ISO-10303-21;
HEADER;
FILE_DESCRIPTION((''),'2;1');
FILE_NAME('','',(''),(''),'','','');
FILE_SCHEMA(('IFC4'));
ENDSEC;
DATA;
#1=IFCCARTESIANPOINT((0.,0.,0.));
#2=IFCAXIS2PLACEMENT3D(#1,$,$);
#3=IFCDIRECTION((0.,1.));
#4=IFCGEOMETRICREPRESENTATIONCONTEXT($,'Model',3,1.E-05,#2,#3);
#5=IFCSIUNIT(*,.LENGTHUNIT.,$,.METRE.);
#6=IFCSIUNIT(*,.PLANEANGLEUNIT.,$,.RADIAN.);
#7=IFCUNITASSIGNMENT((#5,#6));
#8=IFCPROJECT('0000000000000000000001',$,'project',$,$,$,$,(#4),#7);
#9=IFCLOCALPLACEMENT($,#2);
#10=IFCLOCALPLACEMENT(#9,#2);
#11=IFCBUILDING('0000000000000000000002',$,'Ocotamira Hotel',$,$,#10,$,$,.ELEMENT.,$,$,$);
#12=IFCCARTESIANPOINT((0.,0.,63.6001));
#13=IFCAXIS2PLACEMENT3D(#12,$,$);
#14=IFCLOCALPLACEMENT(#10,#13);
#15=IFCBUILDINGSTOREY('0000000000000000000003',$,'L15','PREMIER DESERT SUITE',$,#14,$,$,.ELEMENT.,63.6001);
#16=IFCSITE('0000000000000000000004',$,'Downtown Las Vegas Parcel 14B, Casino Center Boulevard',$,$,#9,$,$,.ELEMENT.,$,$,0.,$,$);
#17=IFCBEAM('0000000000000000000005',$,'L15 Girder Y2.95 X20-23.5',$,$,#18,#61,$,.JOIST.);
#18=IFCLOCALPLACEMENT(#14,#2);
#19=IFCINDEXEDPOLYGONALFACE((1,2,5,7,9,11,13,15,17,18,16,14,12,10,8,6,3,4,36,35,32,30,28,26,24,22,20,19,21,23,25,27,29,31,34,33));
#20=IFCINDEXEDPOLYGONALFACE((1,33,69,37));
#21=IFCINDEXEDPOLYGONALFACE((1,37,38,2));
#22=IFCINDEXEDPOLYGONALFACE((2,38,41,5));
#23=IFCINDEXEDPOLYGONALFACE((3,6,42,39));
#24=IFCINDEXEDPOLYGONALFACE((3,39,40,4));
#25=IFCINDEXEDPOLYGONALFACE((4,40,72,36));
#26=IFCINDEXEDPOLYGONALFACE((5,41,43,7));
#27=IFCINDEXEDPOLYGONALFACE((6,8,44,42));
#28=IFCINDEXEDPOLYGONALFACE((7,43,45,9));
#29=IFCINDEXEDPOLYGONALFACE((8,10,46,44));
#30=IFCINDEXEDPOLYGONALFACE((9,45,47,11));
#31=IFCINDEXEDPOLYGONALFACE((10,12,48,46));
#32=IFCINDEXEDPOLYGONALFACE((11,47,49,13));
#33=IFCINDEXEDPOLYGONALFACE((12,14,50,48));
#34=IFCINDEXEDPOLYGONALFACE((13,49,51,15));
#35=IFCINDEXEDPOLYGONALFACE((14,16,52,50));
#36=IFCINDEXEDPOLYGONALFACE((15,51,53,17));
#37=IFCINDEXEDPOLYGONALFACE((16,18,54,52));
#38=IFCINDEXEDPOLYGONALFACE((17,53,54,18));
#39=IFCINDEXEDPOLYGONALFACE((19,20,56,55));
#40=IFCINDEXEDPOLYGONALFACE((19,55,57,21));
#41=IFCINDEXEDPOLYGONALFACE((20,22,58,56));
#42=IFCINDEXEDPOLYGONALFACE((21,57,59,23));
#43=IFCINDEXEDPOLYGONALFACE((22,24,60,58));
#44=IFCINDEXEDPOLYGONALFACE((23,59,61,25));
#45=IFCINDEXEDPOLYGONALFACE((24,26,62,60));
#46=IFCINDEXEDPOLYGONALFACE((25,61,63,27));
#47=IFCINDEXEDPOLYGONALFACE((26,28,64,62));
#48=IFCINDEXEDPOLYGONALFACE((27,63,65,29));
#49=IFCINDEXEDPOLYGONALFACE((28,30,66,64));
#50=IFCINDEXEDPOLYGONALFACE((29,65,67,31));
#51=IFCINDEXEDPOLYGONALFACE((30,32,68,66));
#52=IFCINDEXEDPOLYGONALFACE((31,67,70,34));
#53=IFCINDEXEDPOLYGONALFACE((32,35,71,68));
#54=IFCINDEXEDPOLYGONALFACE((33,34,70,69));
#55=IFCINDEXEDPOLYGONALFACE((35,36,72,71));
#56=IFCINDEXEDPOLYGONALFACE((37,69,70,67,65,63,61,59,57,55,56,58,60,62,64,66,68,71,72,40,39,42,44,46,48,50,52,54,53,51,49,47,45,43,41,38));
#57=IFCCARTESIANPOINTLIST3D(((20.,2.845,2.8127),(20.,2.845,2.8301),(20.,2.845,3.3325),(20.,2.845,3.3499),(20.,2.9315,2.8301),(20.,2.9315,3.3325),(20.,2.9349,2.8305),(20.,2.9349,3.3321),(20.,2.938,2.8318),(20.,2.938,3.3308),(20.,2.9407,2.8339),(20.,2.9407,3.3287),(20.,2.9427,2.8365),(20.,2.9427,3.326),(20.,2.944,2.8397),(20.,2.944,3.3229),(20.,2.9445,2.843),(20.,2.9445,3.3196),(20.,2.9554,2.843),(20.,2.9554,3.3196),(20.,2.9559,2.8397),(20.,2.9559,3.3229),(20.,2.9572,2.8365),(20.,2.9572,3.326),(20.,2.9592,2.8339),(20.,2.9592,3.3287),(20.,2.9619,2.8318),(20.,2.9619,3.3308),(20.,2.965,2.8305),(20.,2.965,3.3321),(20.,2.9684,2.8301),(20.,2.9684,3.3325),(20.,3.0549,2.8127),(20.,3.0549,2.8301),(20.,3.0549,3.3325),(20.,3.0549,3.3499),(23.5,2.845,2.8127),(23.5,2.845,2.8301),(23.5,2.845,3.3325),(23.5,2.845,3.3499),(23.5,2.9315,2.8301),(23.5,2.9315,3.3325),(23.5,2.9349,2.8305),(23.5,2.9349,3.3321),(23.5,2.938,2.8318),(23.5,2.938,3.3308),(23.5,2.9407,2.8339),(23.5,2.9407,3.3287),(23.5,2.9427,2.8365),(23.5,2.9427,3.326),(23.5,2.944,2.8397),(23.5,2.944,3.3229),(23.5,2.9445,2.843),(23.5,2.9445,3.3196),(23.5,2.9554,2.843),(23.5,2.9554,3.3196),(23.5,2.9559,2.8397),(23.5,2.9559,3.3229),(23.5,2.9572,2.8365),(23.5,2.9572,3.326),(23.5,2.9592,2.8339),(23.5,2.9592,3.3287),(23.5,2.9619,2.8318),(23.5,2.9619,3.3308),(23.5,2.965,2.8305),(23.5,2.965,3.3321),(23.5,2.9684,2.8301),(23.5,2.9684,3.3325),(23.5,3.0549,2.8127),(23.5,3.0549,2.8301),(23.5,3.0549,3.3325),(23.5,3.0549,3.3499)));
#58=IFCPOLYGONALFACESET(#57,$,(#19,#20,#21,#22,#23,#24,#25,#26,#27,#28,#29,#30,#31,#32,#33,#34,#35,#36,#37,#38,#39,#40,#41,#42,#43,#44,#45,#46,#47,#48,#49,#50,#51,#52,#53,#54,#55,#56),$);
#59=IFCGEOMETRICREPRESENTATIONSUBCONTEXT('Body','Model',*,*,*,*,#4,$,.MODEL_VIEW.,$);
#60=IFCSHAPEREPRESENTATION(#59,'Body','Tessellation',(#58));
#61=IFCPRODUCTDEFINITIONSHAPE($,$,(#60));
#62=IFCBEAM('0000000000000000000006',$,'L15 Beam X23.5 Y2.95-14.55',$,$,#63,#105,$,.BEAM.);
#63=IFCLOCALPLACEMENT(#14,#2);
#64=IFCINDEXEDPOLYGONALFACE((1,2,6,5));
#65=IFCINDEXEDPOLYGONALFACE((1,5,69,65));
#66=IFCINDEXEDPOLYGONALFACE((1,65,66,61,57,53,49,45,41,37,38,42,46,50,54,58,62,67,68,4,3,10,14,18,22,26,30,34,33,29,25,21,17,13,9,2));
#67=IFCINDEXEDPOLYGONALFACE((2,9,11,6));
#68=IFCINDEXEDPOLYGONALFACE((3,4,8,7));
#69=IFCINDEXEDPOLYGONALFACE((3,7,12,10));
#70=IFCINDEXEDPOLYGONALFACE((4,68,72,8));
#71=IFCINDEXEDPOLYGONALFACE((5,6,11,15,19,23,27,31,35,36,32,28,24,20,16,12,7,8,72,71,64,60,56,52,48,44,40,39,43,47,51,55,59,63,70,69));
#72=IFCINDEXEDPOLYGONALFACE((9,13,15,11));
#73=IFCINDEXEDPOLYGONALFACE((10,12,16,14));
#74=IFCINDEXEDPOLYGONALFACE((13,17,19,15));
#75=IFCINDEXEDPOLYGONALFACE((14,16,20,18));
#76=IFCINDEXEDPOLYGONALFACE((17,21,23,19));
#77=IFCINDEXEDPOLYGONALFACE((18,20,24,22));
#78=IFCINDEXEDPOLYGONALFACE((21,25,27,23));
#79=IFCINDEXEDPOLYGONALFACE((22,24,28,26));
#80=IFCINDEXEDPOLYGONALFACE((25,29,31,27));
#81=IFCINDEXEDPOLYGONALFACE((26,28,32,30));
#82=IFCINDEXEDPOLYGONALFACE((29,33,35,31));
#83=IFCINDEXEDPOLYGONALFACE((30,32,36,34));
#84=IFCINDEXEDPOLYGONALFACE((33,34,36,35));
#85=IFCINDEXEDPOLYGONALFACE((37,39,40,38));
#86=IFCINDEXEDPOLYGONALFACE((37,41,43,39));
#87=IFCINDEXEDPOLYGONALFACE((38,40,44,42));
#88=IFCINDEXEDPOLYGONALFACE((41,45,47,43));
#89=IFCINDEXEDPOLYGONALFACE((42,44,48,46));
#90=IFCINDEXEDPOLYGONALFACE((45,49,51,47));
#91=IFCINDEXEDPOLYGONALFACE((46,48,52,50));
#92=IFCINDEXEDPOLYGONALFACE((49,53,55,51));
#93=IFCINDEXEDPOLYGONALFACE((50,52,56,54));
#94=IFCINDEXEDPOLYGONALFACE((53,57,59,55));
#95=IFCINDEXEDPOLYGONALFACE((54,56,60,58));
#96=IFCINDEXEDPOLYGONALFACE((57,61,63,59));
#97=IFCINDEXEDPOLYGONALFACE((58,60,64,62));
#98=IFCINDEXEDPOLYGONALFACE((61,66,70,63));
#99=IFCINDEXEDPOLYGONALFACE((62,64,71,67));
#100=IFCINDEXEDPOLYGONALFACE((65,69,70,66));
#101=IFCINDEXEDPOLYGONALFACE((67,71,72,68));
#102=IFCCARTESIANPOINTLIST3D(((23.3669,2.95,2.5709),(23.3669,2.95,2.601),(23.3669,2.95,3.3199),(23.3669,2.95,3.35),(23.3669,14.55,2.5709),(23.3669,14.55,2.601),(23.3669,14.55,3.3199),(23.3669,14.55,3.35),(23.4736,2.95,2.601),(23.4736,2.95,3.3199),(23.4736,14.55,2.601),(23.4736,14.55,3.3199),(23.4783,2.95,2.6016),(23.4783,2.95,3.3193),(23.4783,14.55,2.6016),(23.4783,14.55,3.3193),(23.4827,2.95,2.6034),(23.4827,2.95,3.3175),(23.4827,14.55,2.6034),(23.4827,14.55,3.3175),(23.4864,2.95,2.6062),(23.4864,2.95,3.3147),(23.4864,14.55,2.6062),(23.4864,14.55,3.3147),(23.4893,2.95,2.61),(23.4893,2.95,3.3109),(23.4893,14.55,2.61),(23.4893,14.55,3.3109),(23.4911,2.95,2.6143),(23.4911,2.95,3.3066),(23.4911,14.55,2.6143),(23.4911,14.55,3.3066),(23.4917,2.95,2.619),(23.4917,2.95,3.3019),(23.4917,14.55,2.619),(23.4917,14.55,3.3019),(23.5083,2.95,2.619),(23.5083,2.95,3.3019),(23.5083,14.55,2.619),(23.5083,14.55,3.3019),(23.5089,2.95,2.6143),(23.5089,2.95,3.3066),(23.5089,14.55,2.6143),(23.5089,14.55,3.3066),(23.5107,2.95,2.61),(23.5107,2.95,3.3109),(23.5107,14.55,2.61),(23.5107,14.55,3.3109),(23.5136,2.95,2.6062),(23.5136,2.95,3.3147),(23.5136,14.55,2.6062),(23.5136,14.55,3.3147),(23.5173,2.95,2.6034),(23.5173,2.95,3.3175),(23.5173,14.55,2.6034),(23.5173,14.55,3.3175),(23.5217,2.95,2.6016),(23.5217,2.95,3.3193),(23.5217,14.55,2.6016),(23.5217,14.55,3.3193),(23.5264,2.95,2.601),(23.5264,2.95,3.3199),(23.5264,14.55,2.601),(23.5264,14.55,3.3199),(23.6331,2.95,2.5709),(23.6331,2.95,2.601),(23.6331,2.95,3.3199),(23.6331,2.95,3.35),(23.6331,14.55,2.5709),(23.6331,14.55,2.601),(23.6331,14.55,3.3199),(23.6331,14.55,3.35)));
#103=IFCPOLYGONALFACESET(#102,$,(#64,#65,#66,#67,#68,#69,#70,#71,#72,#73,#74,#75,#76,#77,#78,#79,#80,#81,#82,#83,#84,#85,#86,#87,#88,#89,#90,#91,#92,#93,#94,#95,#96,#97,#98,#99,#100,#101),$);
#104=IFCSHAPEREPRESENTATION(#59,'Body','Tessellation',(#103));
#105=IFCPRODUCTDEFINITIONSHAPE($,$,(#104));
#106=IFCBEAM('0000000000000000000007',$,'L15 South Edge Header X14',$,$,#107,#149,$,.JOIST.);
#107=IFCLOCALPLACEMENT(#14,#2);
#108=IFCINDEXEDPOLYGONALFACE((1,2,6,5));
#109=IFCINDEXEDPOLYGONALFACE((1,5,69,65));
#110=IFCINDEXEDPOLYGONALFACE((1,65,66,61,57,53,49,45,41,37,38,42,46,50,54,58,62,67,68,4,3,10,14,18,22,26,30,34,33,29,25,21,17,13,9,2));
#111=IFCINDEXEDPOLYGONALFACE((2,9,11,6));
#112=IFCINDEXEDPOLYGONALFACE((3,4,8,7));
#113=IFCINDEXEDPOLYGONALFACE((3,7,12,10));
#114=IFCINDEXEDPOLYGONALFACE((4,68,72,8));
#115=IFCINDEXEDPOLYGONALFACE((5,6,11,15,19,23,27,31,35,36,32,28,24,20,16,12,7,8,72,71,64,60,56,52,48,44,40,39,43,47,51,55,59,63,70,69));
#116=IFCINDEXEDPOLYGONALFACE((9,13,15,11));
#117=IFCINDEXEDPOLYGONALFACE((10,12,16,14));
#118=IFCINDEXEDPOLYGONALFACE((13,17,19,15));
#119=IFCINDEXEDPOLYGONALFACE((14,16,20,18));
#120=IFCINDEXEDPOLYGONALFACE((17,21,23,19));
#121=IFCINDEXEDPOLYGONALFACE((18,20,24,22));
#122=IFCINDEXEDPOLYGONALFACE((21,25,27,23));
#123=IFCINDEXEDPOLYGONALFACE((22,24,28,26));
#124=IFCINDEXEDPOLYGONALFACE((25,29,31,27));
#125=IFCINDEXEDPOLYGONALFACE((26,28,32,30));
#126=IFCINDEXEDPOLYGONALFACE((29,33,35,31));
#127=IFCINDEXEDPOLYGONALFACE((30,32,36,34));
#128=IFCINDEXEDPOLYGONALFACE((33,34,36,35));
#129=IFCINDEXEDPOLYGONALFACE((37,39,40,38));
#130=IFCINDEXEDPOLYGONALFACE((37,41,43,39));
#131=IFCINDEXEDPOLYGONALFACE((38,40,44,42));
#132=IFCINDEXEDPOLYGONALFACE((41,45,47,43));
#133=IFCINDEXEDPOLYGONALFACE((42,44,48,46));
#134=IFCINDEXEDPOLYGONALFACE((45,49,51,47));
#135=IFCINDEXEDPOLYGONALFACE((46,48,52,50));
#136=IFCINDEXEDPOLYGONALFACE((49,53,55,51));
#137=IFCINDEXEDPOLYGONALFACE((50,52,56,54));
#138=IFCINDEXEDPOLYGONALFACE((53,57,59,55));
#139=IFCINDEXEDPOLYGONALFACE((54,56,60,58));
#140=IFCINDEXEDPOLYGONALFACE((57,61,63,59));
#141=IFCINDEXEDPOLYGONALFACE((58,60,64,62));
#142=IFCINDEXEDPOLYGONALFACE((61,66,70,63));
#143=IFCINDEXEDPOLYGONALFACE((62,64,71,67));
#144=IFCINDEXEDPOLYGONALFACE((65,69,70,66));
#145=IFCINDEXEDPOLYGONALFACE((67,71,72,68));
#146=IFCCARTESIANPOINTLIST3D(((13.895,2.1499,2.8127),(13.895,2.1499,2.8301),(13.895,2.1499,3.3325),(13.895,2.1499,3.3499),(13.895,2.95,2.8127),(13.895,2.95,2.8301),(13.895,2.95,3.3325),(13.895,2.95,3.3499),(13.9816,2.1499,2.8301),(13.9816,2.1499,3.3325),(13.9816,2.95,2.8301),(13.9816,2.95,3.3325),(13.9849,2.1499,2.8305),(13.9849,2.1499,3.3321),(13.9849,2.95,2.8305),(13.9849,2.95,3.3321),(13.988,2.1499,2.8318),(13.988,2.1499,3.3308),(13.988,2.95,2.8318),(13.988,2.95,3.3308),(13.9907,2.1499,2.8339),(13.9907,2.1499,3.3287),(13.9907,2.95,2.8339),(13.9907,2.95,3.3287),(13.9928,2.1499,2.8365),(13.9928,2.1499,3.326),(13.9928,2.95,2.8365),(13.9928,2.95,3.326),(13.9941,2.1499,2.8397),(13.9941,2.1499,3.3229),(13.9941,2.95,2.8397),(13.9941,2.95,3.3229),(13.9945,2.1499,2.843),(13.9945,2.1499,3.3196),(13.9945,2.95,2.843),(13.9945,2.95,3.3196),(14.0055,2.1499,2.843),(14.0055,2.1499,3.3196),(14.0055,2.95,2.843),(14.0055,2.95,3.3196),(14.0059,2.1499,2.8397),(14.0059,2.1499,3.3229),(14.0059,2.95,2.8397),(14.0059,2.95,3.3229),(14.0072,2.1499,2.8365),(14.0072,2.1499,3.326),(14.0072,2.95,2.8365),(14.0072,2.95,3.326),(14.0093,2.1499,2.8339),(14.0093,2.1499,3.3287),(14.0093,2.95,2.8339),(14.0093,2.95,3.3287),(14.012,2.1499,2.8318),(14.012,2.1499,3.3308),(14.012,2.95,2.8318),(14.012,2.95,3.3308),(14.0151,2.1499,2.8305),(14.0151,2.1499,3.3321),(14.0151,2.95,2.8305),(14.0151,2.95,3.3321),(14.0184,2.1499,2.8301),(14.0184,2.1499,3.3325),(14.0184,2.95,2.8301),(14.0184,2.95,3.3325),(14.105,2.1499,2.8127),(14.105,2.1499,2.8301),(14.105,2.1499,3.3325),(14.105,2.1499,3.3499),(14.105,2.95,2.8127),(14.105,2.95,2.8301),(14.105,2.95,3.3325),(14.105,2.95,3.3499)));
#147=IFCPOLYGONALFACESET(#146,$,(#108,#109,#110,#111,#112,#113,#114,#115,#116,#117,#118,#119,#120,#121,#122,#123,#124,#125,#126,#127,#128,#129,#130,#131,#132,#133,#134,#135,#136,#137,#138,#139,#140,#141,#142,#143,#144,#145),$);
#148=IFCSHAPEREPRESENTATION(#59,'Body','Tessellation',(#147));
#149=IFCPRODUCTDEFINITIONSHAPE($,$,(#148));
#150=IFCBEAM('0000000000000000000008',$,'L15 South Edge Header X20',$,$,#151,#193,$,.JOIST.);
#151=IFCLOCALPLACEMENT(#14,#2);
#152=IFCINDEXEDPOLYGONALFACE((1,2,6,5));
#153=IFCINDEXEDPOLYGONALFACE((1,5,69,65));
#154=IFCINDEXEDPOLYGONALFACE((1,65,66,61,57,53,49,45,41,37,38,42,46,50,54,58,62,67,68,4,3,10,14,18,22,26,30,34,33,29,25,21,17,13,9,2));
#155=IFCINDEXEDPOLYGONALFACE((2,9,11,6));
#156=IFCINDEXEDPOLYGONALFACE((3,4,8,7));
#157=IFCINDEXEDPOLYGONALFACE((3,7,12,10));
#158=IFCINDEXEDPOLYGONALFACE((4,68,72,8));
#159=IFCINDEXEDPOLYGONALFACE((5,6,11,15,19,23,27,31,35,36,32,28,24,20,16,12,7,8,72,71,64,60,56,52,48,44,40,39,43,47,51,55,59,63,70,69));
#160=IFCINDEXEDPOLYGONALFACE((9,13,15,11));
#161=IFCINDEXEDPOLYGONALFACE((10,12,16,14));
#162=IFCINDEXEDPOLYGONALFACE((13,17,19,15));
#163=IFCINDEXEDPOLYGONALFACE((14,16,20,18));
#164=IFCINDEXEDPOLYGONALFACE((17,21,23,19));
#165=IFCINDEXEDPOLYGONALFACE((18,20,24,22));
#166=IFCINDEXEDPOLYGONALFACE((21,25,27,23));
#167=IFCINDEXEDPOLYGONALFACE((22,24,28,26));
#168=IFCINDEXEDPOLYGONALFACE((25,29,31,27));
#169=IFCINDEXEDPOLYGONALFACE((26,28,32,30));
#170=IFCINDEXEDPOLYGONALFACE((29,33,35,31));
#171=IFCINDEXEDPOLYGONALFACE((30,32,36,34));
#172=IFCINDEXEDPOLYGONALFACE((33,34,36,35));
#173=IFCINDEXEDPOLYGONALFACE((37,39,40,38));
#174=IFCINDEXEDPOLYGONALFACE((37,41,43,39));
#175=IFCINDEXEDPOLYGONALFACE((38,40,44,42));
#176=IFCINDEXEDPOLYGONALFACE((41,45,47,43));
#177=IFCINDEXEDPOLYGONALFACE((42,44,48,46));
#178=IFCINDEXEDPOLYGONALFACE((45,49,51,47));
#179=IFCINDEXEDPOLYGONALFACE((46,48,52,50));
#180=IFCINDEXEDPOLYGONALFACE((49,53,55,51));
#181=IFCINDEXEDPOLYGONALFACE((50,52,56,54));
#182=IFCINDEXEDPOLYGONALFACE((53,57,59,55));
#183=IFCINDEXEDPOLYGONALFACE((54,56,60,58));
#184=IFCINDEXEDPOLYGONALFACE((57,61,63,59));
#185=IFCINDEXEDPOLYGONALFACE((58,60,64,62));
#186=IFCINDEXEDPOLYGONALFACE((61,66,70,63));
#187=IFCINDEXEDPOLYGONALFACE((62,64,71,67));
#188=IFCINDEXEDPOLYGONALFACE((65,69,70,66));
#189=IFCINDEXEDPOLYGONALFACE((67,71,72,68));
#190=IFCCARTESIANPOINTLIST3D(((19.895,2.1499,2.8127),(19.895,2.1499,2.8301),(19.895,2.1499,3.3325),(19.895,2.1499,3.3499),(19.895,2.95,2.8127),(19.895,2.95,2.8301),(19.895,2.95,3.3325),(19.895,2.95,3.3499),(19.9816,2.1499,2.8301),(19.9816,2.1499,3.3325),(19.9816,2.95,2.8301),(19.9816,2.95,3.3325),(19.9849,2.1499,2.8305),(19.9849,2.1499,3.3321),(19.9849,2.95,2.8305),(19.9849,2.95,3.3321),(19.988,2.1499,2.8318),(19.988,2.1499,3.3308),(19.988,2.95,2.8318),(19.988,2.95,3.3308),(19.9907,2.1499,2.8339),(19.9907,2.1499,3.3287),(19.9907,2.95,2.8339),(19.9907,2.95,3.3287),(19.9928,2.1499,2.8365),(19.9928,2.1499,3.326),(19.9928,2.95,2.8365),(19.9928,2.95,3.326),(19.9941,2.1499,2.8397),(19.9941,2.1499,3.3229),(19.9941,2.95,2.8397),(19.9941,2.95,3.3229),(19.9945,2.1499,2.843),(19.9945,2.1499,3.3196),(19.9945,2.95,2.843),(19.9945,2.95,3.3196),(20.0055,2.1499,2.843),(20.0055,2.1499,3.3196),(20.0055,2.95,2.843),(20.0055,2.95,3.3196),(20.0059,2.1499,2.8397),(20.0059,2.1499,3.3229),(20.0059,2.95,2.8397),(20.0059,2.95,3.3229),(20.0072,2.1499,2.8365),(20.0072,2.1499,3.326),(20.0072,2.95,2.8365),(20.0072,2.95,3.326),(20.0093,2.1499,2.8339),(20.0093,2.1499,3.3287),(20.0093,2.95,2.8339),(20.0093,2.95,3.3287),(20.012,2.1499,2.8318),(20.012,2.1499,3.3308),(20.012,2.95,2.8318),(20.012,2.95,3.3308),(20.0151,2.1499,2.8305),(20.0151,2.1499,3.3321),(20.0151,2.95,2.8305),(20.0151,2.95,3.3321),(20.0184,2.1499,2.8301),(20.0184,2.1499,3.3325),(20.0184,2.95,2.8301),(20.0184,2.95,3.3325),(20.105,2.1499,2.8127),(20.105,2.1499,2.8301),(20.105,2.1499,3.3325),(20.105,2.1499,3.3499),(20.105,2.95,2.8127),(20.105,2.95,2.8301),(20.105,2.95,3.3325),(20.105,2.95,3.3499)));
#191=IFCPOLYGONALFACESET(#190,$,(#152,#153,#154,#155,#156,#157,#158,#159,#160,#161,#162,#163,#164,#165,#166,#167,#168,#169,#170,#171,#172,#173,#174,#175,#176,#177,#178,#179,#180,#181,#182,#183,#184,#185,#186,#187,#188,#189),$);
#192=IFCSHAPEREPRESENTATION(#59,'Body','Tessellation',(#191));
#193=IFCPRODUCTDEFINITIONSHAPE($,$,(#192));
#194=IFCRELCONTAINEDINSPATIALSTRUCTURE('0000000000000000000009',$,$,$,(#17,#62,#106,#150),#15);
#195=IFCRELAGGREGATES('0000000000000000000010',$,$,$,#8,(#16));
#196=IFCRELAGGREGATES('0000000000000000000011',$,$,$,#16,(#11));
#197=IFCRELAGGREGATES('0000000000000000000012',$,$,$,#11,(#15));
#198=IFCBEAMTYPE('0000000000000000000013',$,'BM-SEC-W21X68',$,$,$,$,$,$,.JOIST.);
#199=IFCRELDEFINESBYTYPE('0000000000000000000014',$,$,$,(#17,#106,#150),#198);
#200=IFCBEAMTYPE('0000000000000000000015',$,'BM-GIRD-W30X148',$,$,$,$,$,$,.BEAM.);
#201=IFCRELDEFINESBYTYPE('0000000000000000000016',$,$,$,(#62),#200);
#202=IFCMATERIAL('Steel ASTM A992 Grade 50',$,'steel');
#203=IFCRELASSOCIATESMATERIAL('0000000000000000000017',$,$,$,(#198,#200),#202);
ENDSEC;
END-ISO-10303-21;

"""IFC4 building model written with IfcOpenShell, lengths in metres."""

from ifc_helpers import new_model, si_unit, direction, frame, origin, origin_2d, place, context, subcontext, project, spatial, i_section, extrude, source, transform, mapped, material, material_profile, profile_set, type_object, element, save


model = new_model("IFC4")

# Units and contexts
model_context = context("Model", 3, precision=1e-05, world=origin(), true_north=direction((0.0, 1.0)))
body_context = subcontext(model_context, "Body", "Model", "MODEL_VIEW")
ifc_project = project(units=[si_unit("LENGTHUNIT", "METRE"), si_unit("PLANEANGLEUNIT", "RADIAN")], contexts=[model_context])

# Site, building, storey
site_placement = place(None, origin())
site = spatial("IfcSite", under=ifc_project, at=site_placement, Name="Downtown Las Vegas Parcel 14B, Casino Center Boulevard", CompositionType="ELEMENT", RefElevation=0.0)
building_placement = place(site_placement, origin())
building = spatial("IfcBuilding", under=site, at=building_placement, Name="Ocotamira Hotel", CompositionType="ELEMENT")
storey_placement = place(building_placement, frame((0.0, 0.0, 63.6001)))
storey = spatial("IfcBuildingStorey", under=building, at=storey_placement, Name="L15", Description="PREMIER DESERT SUITE", CompositionType="ELEMENT", Elevation=63.6001)

# Beams
ifc_material_1 = material(Name="Steel ASTM A992 Grade 50", Category="steel")
ifc_material_profile_1 = material_profile(ifc_material_1, i_section(OverallWidth=0.21, OverallDepth=0.5371, WebThickness=0.011, FlangeThickness=0.0173, FilletRadius=0.0129, at=origin_2d()), Name="W21X68")
ifc_profile_set_1 = profile_set([ifc_material_profile_1], Name="Steel ASTM A992 Grade 50")
beam_type_1 = type_object("IfcBeamType", Name="BM-SEC-W21X68", PredefinedType="JOIST", material=ifc_profile_set_1)
shared_shape_1 = source(origin(), body_context, "Body", "SweptSolid", [
    extrude(i_section(OverallWidth=0.21, OverallDepth=0.5371, WebThickness=0.011, FlangeThickness=0.0173, FilletRadius=0.0129, at=origin_2d()), origin(), (0.0, 0.0, 1.0), 3.5),
])
beam_1_placement = place(storey_placement, frame((20.0, 2.95, 3.0813), z_axis=(1.0, 0.0, 0.0), x_axis=(0.0, 1.0, 0.0)))
element("IfcBeam", 1, at=beam_1_placement, inside=storey, type_object=beam_type_1, Name="L15 Girder Y2.95 X20-23.5", PredefinedType="JOIST", context=body_context, shape_type="MappedRepresentation", body=[
    mapped(shared_shape_1, transform((0.0, 0.0, 0.0), scale=1.0)),
])
ifc_material_profile_2 = material_profile(ifc_material_1, i_section(OverallWidth=0.2661, OverallDepth=0.7791, WebThickness=0.0166, FlangeThickness=0.03, FilletRadius=0.0181, at=origin_2d()), Name="W30X148")
ifc_profile_set_2 = profile_set([ifc_material_profile_2], Name="Steel ASTM A992 Grade 50")
beam_type_2 = type_object("IfcBeamType", Name="BM-GIRD-W30X148", PredefinedType="BEAM", material=ifc_profile_set_2)
shared_shape_2 = source(origin(), body_context, "Body", "SweptSolid", [
    extrude(i_section(OverallWidth=0.2661, OverallDepth=0.7791, WebThickness=0.0166, FlangeThickness=0.03, FilletRadius=0.0181, at=origin_2d()), origin(), (0.0, 0.0, 1.0), 11.6001),
])
beam_2_placement = place(storey_placement, frame((23.5, 2.95, 2.9604), z_axis=(0.0, 1.0, 0.0), x_axis=(-1.0, 0.0, 0.0)))
element("IfcBeam", 2, at=beam_2_placement, inside=storey, type_object=beam_type_2, Name="L15 Beam X23.5 Y2.95-14.55", PredefinedType="BEAM", context=body_context, shape_type="MappedRepresentation", body=[
    mapped(shared_shape_2, transform((0.0, 0.0, 0.0), scale=1.0)),
])
shared_shape_3 = source(origin(), body_context, "Body", "SweptSolid", [
    extrude(i_section(OverallWidth=0.21, OverallDepth=0.5371, WebThickness=0.011, FlangeThickness=0.0173, FilletRadius=0.0129, at=origin_2d()), origin(), (0.0, 0.0, 1.0), 0.8),
])
for number, where, z_axis, x_axis, name in (
    (3, (14.0, 2.95, 3.0813), (0.0, -1.0, 0.0), (1.0, 0.0, 0.0), "L15 South Edge Header X14"),
    (4, (20.0, 2.95, 3.0813), (0.0, -1.0, 0.0), (1.0, 0.0, 0.0), "L15 South Edge Header X20"),
):
    element("IfcBeam", number, at=place(storey_placement, frame(where, z_axis=z_axis, x_axis=x_axis)), inside=storey, type_object=beam_type_1, Name=name, PredefinedType="JOIST", context=body_context, shape_type="MappedRepresentation", body=[
        mapped(shared_shape_3, transform((0.0, 0.0, 0.0), scale=1.0)),
    ])

save(model, "model.ifc")
